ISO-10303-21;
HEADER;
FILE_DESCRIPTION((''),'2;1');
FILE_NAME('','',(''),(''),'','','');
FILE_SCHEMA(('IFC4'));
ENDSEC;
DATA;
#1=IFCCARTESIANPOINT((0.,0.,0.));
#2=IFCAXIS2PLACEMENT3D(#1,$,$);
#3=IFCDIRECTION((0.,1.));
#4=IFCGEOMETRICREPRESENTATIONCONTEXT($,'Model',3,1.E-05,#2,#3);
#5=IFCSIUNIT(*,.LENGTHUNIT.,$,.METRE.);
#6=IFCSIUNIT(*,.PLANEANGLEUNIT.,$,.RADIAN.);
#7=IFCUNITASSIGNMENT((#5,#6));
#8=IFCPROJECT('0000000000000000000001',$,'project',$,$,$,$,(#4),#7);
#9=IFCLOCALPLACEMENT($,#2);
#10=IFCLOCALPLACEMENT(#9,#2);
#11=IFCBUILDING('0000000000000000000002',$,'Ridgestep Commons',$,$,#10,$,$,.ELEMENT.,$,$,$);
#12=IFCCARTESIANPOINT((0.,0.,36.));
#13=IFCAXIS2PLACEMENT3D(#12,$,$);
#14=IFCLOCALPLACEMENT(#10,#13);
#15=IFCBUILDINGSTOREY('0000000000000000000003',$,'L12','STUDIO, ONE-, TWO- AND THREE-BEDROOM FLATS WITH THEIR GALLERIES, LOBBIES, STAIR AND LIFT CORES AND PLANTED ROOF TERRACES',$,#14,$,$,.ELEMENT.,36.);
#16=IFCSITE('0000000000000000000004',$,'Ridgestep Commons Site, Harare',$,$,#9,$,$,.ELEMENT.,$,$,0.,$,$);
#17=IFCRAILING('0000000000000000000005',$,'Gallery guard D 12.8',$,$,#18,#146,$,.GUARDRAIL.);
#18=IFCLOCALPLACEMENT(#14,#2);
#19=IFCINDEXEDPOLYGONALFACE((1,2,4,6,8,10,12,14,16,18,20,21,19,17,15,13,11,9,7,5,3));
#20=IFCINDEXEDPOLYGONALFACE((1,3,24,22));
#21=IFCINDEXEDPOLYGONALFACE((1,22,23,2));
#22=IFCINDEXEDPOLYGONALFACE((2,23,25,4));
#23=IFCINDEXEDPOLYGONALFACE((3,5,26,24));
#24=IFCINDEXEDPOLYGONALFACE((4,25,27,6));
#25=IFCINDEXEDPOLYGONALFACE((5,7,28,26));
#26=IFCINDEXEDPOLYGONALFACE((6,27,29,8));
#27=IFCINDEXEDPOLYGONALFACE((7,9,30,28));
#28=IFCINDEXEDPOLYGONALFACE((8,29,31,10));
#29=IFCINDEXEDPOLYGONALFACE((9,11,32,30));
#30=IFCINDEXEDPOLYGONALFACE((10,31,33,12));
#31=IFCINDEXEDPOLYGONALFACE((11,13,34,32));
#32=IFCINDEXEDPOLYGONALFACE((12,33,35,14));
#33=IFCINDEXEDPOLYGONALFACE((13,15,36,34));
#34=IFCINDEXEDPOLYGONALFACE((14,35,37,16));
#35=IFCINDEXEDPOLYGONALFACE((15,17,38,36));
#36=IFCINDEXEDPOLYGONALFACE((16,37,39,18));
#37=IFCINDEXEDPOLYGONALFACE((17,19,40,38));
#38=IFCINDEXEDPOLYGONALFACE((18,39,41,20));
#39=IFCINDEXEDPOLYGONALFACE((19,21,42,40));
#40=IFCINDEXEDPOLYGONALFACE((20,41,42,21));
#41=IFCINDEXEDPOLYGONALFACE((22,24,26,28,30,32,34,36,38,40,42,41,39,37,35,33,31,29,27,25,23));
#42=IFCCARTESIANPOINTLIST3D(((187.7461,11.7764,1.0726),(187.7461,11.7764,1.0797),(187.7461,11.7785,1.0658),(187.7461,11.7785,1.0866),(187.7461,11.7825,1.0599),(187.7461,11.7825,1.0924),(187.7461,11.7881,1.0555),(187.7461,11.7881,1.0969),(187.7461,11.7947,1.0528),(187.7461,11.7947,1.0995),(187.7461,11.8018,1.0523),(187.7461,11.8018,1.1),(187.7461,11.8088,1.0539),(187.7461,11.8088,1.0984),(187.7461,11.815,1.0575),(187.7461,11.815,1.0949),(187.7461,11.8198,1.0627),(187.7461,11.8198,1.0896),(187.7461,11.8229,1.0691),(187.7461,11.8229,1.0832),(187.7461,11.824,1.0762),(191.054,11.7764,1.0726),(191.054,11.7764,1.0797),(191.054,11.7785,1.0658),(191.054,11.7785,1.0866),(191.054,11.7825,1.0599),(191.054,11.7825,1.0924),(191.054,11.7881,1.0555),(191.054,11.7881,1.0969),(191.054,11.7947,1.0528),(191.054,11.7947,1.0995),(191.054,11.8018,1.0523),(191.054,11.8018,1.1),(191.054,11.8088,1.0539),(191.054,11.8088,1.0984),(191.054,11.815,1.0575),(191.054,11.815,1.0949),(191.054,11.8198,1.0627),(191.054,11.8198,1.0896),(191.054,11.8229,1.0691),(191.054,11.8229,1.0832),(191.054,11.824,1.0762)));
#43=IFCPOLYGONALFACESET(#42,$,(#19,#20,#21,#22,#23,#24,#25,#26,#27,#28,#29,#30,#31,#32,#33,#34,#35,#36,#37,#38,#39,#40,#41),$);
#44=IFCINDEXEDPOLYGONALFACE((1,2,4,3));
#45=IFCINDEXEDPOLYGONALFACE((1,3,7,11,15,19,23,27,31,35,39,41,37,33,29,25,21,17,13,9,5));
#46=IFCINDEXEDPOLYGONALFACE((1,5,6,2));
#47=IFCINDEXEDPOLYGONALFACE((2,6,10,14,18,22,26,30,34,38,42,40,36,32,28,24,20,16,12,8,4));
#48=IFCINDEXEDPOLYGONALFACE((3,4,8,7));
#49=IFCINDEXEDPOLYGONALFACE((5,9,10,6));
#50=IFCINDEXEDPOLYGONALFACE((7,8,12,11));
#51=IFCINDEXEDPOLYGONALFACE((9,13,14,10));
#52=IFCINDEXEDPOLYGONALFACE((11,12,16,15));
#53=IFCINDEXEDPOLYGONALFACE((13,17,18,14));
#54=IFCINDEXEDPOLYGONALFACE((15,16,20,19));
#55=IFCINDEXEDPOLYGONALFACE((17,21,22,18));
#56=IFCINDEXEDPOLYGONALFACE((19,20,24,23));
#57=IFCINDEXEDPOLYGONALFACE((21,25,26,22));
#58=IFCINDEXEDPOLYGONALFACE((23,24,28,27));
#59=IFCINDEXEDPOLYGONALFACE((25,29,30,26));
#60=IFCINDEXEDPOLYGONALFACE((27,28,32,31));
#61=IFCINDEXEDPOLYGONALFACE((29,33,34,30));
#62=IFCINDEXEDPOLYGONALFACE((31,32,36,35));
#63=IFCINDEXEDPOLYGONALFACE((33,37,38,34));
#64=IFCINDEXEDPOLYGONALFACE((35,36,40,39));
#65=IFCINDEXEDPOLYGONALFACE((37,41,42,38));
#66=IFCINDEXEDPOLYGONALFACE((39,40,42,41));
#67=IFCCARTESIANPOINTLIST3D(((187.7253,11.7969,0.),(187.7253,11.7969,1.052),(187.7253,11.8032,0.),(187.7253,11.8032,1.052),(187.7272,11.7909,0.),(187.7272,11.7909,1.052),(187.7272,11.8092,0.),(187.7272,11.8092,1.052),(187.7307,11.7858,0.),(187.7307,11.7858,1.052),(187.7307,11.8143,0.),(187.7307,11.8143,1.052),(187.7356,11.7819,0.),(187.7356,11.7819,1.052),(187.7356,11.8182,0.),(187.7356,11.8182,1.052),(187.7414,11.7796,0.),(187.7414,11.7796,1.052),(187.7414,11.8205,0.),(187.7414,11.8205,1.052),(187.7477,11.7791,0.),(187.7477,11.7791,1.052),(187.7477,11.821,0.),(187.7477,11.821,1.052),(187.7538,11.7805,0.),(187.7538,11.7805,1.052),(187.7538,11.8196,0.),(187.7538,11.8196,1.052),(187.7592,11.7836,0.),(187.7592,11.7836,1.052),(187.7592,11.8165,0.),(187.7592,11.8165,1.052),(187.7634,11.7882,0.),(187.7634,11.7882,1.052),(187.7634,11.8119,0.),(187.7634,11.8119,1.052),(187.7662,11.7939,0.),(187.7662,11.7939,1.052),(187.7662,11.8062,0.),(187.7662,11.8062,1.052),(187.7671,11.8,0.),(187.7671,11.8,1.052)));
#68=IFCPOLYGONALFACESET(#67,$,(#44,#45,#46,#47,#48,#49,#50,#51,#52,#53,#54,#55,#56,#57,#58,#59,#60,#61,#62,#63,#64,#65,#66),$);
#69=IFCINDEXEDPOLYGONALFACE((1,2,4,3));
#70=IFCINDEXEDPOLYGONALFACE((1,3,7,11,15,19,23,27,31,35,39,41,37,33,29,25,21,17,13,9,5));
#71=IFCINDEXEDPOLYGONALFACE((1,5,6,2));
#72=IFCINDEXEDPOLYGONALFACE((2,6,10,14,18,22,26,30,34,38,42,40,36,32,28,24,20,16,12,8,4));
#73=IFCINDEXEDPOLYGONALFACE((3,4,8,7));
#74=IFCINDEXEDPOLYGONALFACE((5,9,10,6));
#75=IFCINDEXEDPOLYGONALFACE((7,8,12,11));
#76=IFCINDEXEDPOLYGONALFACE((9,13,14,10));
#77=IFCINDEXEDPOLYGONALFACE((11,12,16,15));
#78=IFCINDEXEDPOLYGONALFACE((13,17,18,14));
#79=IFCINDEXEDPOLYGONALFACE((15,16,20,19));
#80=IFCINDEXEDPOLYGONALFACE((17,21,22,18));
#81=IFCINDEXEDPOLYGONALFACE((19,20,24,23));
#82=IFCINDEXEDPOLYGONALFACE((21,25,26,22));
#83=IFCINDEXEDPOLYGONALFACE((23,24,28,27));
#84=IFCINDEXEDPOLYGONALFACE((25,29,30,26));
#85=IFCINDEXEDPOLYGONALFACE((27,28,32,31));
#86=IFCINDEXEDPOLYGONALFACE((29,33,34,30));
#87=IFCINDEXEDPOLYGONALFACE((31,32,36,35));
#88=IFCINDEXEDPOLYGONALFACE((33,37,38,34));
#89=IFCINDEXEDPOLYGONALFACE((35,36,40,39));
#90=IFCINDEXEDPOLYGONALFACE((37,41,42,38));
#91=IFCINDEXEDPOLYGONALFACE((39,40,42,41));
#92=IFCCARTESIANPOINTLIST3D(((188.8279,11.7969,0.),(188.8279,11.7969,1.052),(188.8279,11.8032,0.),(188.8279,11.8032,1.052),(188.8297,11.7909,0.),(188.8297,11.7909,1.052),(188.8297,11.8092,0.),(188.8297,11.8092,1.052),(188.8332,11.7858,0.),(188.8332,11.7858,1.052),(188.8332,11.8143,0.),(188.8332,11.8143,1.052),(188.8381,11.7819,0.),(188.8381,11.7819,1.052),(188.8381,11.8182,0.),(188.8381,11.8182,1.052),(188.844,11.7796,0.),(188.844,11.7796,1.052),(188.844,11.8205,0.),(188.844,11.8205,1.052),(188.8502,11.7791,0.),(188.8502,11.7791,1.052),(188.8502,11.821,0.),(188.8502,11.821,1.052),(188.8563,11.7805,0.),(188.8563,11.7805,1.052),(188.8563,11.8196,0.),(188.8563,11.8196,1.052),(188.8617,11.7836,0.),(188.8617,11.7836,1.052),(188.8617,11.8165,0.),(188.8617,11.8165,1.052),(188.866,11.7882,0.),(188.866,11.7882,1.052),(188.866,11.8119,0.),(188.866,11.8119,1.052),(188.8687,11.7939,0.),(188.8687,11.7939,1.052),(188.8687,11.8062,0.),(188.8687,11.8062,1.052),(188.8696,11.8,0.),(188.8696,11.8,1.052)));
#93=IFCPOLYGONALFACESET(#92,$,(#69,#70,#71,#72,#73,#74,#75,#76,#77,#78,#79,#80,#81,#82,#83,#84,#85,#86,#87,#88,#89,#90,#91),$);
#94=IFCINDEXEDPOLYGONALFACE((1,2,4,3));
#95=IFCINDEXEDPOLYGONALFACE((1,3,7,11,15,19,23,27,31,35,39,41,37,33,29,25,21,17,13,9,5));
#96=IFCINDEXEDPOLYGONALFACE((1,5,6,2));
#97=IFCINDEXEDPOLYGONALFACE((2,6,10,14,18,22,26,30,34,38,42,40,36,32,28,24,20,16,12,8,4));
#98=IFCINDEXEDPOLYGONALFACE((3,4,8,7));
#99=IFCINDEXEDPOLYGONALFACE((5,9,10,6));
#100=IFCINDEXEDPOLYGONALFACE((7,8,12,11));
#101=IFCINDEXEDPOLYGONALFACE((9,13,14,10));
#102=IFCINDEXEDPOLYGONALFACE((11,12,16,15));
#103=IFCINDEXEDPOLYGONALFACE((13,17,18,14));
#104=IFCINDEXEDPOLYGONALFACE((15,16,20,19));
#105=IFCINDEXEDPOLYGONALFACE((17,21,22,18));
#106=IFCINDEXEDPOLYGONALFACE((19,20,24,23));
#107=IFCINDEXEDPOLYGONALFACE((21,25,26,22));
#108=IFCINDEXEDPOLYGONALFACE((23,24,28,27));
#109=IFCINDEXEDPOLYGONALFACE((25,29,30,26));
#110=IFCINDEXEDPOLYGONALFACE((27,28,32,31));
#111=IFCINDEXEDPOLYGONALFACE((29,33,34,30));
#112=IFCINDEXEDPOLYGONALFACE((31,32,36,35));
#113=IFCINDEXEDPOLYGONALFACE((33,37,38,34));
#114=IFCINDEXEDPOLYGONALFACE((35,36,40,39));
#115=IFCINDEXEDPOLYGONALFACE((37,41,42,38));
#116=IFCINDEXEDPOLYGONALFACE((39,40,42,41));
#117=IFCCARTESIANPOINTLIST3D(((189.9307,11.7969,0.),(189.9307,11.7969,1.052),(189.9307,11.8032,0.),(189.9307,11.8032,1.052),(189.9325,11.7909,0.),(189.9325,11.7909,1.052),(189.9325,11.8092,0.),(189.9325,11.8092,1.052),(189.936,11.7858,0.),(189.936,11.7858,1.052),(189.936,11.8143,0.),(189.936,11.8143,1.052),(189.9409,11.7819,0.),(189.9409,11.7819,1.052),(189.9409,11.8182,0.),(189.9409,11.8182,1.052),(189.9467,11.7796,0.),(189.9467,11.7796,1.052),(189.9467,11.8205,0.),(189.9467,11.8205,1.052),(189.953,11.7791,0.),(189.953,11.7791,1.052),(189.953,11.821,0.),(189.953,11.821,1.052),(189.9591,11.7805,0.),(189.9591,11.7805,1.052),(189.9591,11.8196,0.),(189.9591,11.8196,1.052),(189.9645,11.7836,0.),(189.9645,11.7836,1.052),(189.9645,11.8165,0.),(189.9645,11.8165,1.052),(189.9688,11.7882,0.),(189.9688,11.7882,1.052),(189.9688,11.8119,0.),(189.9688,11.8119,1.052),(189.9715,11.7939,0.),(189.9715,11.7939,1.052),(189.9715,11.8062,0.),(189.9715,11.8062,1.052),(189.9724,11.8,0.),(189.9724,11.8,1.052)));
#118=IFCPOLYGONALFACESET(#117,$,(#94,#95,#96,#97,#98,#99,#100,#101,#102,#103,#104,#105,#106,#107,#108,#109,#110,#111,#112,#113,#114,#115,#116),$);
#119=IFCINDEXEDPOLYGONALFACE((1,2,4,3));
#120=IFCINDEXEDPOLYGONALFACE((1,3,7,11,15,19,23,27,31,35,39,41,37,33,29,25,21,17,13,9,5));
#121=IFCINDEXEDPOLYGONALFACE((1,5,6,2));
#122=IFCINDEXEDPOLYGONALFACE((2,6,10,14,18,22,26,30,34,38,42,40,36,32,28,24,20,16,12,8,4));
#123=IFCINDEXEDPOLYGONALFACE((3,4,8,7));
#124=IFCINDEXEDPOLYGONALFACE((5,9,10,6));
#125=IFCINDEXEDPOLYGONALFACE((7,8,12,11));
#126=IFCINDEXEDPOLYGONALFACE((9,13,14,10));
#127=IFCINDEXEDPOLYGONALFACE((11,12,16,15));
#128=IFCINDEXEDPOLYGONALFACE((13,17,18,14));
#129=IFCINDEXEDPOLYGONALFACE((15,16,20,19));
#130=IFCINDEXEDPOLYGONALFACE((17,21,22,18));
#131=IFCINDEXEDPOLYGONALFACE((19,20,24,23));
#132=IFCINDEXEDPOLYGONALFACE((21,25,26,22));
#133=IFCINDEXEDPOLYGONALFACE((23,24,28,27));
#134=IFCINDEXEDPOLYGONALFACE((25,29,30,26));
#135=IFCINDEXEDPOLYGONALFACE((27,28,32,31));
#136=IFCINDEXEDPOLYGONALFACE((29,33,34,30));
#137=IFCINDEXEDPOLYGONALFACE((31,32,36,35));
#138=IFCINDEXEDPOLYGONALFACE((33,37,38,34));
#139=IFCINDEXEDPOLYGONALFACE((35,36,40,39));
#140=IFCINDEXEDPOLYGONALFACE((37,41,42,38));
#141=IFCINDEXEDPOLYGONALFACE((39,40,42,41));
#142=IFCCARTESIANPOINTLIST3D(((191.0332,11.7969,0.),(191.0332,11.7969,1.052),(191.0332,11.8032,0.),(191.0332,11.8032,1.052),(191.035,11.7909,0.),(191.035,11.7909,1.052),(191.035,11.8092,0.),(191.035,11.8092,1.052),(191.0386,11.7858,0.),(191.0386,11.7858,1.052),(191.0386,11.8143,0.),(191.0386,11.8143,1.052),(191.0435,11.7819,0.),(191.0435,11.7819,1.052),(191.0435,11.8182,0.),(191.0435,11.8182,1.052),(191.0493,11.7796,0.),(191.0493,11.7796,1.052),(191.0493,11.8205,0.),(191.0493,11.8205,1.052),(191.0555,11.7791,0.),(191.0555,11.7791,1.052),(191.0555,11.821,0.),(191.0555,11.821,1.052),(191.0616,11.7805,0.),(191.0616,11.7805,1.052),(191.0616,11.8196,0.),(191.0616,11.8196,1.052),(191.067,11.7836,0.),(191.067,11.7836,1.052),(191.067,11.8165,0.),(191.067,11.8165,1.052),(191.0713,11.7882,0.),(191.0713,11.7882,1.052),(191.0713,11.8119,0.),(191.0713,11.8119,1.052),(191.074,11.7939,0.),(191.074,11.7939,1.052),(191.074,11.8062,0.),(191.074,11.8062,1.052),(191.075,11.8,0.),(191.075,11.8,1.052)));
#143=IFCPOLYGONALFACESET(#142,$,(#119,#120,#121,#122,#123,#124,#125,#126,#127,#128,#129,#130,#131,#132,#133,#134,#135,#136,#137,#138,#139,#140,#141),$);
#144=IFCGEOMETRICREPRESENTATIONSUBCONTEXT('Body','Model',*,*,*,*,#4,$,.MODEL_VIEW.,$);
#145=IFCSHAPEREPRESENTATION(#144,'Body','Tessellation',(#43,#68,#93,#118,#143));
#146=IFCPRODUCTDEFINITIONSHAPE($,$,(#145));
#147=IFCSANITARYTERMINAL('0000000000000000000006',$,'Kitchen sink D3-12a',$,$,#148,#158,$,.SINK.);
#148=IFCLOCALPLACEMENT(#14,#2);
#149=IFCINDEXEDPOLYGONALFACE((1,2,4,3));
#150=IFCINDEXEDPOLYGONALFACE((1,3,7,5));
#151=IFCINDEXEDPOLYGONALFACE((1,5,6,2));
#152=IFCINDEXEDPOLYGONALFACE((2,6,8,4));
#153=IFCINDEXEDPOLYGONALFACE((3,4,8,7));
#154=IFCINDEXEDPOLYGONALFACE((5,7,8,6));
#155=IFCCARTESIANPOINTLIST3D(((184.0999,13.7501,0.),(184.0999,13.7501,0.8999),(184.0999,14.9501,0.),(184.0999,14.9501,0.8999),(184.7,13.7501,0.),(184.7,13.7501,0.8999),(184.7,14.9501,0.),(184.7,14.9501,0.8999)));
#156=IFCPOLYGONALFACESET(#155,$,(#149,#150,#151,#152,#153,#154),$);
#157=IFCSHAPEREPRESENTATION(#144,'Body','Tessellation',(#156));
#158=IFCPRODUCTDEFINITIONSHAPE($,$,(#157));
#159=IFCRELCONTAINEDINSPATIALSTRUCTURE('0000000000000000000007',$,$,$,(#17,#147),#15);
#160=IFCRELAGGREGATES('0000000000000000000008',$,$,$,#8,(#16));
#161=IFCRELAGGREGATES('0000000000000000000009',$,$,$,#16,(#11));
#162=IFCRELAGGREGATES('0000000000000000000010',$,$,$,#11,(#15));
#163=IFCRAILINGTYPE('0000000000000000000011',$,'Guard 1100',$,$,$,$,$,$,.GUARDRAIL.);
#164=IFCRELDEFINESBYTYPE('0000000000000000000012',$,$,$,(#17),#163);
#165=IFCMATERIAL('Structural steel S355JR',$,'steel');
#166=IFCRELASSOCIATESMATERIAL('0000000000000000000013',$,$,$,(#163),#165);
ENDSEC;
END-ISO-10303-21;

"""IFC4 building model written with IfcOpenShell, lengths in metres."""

from ifc_helpers import new_model, si_unit, direction, frame, origin, origin_2d, place, context, subcontext, project, spatial, rectangle, circle, extrude, material, type_object, element, save


model = new_model("IFC4")

# Units and contexts
model_context = context("Model", 3, precision=1e-05, world=origin(), true_north=direction((0.0, 1.0)))
body_context = subcontext(model_context, "Body", "Model", "MODEL_VIEW")
ifc_project = project(units=[si_unit("LENGTHUNIT", "METRE"), si_unit("PLANEANGLEUNIT", "RADIAN")], contexts=[model_context])

# Site, building, storey
site_placement = place(None, origin())
site = spatial("IfcSite", under=ifc_project, at=site_placement, Name="Ridgestep Commons Site, Harare", CompositionType="ELEMENT", RefElevation=0.0)
building_placement = place(site_placement, origin())
building = spatial("IfcBuilding", under=site, at=building_placement, Name="Ridgestep Commons", CompositionType="ELEMENT")
storey_placement = place(building_placement, frame((0.0, 0.0, 36.0)))
storey = spatial("IfcBuildingStorey", under=building, at=storey_placement, Name="L12", Description="STUDIO, ONE-, TWO- AND THREE-BEDROOM FLATS WITH THEIR GALLERIES, LOBBIES, STAIR AND LIFT CORES AND PLANTED ROOF TERRACES", CompositionType="ELEMENT", Elevation=36.0)

# Railing
ifc_material_1 = material(Name="Structural steel S355JR", Category="steel")
railing_type = type_object("IfcRailingType", Name="Guard 1100", PredefinedType="GUARDRAIL", material=ifc_material_1)
railing_1_placement = place(storey_placement, frame((187.7461, 11.8, 0.0)))
element("IfcRailing", 1, at=railing_1_placement, inside=storey, type_object=railing_type, Name="Gallery guard D 12.8", PredefinedType="GUARDRAIL", context=body_context, shape_type="SweptSolid", body=[
    extrude(circle(Radius=0.0239, at=origin_2d()), frame((0.0, 0.0, 1.0762), z_axis=(1.0, 0.0, 0.0), x_axis=(0.0, 1.0, 0.0)), (0.0, 0.0, 1.0), 3.3079),
    extrude(circle(Radius=0.021, at=origin_2d()), origin(), (0.0, 0.0, 1.0), 1.052),
    extrude(circle(Radius=0.021, at=origin_2d()), frame((1.1025, 0.0, 0.0)), (0.0, 0.0, 1.0), 1.052),
    extrude(circle(Radius=0.021, at=origin_2d()), frame((2.2053, 0.0, 0.0)), (0.0, 0.0, 1.0), 1.052),
    extrude(circle(Radius=0.021, at=origin_2d()), frame((3.3079, 0.0, 0.0)), (0.0, 0.0, 1.0), 1.052),
])

# Sanitary terminal
sanitary_terminal_placement = place(storey_placement, frame((184.3999, 14.3501, 0.0), z_axis=(0.0, 0.0, 1.0), x_axis=(1.0, 0.0, 0.0)))
element("IfcSanitaryTerminal", 2, at=sanitary_terminal_placement, inside=storey, Name="Kitchen sink D3-12a", PredefinedType="SINK", context=body_context, shape_type="SweptSolid", body=[
    extrude(rectangle(XDim=0.6001, YDim=1.2, at=origin_2d()), origin(), (0.0, 0.0, 1.0), 0.8999),
])

save(model, "model.ifc")
